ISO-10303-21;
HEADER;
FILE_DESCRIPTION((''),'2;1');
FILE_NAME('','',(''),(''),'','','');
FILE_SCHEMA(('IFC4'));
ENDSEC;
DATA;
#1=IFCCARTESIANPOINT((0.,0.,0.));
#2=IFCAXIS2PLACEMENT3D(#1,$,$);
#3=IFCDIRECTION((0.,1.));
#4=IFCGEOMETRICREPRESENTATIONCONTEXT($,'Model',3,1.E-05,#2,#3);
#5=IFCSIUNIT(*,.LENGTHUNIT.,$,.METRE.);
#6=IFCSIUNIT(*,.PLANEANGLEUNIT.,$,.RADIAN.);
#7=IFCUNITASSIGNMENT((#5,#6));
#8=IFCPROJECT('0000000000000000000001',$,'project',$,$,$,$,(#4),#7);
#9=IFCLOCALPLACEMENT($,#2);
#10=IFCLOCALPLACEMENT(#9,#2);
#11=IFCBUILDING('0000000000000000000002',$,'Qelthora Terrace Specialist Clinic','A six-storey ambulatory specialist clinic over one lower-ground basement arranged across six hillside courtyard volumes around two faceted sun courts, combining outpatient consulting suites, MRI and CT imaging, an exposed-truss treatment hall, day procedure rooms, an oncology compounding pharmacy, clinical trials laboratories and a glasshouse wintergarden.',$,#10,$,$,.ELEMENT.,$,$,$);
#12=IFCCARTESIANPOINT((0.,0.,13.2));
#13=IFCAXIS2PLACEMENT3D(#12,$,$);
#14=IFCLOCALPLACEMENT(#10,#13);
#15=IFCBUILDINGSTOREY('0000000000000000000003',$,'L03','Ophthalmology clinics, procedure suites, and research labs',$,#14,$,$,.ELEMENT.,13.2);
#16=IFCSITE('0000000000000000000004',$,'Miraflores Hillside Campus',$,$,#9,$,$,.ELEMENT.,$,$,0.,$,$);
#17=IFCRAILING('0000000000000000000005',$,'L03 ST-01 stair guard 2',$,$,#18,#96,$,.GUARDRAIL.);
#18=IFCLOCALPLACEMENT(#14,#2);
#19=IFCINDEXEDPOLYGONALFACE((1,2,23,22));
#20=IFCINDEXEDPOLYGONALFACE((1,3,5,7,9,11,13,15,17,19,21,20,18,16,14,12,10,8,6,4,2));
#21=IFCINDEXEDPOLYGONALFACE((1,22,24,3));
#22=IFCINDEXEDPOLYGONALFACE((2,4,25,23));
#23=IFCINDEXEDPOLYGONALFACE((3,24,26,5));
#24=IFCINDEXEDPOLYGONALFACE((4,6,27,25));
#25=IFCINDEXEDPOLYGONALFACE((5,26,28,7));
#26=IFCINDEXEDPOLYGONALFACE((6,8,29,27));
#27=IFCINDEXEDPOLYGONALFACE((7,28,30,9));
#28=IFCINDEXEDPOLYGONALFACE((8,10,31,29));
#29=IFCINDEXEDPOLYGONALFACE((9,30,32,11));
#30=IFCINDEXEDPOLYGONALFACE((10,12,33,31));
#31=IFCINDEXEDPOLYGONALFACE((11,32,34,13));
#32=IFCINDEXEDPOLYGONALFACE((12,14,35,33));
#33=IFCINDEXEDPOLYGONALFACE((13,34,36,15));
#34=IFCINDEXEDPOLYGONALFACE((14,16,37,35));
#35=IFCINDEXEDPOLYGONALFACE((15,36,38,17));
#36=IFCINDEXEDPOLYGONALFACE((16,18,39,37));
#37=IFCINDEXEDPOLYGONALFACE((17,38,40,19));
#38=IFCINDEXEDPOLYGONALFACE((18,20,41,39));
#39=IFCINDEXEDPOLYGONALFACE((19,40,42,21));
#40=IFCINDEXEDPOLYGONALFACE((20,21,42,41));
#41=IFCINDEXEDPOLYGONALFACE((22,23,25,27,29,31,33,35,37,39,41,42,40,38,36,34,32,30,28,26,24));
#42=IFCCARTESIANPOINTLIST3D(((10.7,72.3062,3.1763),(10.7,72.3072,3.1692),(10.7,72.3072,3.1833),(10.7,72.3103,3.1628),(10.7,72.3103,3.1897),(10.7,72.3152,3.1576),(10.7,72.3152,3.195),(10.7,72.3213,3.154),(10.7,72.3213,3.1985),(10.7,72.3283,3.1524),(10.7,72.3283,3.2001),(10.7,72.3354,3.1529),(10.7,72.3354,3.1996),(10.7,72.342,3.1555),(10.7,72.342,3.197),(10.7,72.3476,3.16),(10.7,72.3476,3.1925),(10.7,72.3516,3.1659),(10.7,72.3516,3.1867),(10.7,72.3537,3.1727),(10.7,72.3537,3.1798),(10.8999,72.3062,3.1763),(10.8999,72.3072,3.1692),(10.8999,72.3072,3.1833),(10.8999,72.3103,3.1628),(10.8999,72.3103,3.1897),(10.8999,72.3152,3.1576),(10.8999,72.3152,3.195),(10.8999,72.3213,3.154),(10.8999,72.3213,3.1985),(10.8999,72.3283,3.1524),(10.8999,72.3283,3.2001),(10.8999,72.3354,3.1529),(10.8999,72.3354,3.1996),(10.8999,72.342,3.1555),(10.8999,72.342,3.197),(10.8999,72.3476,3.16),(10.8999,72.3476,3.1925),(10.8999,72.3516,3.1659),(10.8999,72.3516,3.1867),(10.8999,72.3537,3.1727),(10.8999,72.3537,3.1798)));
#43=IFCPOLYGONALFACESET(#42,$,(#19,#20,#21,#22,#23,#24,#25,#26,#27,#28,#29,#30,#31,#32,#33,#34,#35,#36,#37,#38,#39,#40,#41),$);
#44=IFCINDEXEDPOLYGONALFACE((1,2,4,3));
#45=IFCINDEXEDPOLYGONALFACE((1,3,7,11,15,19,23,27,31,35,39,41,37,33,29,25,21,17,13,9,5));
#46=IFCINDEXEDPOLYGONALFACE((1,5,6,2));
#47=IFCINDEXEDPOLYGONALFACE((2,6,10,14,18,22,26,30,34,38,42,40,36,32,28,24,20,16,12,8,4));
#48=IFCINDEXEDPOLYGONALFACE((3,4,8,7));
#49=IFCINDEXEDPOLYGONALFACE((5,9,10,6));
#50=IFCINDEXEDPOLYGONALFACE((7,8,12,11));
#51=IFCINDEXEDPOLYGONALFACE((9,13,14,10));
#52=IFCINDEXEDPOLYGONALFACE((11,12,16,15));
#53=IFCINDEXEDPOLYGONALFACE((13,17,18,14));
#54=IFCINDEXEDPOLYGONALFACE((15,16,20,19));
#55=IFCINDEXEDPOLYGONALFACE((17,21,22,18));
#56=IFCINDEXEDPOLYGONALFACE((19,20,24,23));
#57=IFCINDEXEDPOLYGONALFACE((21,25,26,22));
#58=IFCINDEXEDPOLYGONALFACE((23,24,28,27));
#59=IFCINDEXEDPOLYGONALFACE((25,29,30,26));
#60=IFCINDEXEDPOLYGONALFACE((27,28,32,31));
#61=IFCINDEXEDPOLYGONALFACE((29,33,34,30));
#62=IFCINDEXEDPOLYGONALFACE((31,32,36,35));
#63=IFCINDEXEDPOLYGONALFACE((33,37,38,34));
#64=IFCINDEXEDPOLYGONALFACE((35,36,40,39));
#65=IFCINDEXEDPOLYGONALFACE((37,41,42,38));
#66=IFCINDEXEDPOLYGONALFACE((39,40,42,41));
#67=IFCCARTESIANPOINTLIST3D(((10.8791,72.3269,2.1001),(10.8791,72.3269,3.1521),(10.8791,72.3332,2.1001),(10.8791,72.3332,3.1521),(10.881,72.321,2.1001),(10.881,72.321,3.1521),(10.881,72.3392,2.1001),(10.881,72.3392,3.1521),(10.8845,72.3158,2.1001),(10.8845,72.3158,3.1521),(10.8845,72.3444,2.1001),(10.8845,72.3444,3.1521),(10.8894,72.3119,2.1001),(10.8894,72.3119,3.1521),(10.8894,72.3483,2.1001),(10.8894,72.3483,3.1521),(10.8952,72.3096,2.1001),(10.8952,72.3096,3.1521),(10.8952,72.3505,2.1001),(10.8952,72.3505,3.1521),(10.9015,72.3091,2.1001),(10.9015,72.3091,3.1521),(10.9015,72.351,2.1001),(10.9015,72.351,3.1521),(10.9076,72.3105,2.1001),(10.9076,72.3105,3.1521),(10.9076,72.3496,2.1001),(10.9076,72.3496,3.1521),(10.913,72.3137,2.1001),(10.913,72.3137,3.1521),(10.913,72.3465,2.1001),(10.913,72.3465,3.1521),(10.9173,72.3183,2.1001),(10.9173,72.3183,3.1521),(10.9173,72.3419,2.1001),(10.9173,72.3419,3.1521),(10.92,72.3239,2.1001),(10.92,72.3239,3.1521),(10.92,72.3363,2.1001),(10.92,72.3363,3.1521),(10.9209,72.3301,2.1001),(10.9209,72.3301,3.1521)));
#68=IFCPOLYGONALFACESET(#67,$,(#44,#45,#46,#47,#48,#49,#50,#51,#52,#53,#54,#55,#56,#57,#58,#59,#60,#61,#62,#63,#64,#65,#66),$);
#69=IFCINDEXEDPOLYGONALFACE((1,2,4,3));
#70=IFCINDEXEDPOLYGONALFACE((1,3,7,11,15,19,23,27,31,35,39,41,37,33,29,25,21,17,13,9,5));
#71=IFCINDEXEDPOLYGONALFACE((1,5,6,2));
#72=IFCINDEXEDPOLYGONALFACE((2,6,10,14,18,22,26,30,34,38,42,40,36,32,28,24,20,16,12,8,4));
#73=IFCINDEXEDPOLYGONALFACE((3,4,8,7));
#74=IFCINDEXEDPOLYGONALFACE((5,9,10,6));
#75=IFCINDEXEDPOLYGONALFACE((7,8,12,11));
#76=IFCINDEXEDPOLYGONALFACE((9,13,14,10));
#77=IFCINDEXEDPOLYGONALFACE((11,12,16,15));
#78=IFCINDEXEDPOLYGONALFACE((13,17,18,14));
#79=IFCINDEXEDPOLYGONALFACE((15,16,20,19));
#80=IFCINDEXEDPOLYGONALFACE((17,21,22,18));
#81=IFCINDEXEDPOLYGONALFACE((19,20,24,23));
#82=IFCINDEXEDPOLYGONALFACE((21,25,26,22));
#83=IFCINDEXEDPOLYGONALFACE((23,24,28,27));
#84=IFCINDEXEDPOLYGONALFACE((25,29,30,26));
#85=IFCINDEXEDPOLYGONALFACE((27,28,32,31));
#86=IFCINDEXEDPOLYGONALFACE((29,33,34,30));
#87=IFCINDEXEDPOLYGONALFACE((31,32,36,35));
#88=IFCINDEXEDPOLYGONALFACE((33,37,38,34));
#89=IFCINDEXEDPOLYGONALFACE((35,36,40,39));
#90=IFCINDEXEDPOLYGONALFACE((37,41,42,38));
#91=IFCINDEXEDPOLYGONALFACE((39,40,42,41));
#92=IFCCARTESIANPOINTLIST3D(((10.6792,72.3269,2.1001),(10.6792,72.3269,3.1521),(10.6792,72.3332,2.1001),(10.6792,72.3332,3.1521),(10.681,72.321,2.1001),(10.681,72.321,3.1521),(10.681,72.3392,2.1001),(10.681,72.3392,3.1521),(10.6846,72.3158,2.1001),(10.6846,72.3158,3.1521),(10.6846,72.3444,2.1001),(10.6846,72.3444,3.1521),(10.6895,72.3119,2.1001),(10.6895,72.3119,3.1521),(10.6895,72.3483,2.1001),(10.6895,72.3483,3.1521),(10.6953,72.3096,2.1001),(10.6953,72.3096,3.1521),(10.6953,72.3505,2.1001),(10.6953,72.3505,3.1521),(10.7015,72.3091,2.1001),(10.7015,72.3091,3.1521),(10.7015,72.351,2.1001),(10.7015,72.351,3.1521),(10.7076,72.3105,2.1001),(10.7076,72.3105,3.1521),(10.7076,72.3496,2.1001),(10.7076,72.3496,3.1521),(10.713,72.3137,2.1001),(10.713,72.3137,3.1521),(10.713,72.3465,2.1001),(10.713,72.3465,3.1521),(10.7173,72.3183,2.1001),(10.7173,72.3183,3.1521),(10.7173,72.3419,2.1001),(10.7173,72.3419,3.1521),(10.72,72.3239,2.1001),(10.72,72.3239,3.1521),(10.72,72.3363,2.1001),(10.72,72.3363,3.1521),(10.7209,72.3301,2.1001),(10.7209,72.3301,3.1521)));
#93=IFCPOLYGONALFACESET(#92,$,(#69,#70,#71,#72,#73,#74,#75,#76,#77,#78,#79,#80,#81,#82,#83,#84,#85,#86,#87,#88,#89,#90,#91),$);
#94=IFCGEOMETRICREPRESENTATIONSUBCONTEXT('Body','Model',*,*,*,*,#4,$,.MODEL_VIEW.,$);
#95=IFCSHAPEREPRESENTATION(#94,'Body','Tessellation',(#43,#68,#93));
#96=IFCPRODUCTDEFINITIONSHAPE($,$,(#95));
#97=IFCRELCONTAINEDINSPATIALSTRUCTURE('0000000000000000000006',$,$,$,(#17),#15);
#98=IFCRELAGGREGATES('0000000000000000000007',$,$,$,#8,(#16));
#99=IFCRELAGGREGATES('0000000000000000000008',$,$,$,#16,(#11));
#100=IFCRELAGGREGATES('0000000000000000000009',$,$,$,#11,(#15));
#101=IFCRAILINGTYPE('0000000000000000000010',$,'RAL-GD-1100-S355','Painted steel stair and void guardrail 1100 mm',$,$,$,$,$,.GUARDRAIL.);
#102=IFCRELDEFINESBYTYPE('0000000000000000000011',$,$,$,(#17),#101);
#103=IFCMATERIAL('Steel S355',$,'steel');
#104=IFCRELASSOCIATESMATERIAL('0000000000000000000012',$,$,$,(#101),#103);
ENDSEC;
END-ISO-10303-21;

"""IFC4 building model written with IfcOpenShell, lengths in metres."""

from ifc_helpers import new_model, si_unit, direction, frame, origin, origin_2d, place, context, subcontext, project, spatial, circle, extrude, material, type_object, element, save


model = new_model("IFC4")

# Units and contexts
model_context = context("Model", 3, precision=1e-05, world=origin(), true_north=direction((0.0, 1.0)))
body_context = subcontext(model_context, "Body", "Model", "MODEL_VIEW")
ifc_project = project(units=[si_unit("LENGTHUNIT", "METRE"), si_unit("PLANEANGLEUNIT", "RADIAN")], contexts=[model_context])

# Site, building, storey
site_placement = place(None, origin())
site = spatial("IfcSite", under=ifc_project, at=site_placement, Name="Miraflores Hillside Campus", CompositionType="ELEMENT", RefElevation=0.0)
building_placement = place(site_placement, origin())
building = spatial("IfcBuilding", under=site, at=building_placement, Name="Qelthora Terrace Specialist Clinic", Description="A six-storey ambulatory specialist clinic over one lower-ground basement arranged across six hillside courtyard volumes around two faceted sun courts, combining outpatient consulting suites, MRI and CT imaging, an exposed-truss treatment hall, day procedure rooms, an oncology compounding pharmacy, clinical trials laboratories and a glasshouse wintergarden.", CompositionType="ELEMENT")
storey_placement = place(building_placement, frame((0.0, 0.0, 13.2)))
storey = spatial("IfcBuildingStorey", under=building, at=storey_placement, Name="L03", Description="Ophthalmology clinics, procedure suites, and research labs", CompositionType="ELEMENT", Elevation=13.2)

# Shared definitions
ifc_material_1 = material(Name="Steel S355", Category="steel")

# Railing
railing_type_1 = type_object("IfcRailingType", Name="RAL-GD-1100-S355", Description="Painted steel stair and void guardrail 1100 mm", PredefinedType="GUARDRAIL", material=ifc_material_1)
railing_1_placement = place(storey_placement, frame((10.8999, 72.3301, 2.1001)))
element("IfcRailing", 1, at=railing_1_placement, inside=storey, type_object=railing_type_1, Name="L03 ST-01 stair guard 2", PredefinedType="GUARDRAIL", context=body_context, shape_type="SweptSolid", body=[
    extrude(circle(Radius=0.0239, at=origin_2d()), frame((0.0, 0.0, 1.0762), z_axis=(-1.0, 0.0, 0.0), x_axis=(0.0, -1.0, 0.0)), (0.0, 0.0, 1.0), 0.2),
    extrude(circle(Radius=0.021, at=origin_2d()), origin(), (0.0, 0.0, 1.0), 1.052),
    extrude(circle(Radius=0.021, at=origin_2d()), frame((-0.2, 0.0, 0.0)), (0.0, 0.0, 1.0), 1.052),
])

save(model, "model.ifc")
